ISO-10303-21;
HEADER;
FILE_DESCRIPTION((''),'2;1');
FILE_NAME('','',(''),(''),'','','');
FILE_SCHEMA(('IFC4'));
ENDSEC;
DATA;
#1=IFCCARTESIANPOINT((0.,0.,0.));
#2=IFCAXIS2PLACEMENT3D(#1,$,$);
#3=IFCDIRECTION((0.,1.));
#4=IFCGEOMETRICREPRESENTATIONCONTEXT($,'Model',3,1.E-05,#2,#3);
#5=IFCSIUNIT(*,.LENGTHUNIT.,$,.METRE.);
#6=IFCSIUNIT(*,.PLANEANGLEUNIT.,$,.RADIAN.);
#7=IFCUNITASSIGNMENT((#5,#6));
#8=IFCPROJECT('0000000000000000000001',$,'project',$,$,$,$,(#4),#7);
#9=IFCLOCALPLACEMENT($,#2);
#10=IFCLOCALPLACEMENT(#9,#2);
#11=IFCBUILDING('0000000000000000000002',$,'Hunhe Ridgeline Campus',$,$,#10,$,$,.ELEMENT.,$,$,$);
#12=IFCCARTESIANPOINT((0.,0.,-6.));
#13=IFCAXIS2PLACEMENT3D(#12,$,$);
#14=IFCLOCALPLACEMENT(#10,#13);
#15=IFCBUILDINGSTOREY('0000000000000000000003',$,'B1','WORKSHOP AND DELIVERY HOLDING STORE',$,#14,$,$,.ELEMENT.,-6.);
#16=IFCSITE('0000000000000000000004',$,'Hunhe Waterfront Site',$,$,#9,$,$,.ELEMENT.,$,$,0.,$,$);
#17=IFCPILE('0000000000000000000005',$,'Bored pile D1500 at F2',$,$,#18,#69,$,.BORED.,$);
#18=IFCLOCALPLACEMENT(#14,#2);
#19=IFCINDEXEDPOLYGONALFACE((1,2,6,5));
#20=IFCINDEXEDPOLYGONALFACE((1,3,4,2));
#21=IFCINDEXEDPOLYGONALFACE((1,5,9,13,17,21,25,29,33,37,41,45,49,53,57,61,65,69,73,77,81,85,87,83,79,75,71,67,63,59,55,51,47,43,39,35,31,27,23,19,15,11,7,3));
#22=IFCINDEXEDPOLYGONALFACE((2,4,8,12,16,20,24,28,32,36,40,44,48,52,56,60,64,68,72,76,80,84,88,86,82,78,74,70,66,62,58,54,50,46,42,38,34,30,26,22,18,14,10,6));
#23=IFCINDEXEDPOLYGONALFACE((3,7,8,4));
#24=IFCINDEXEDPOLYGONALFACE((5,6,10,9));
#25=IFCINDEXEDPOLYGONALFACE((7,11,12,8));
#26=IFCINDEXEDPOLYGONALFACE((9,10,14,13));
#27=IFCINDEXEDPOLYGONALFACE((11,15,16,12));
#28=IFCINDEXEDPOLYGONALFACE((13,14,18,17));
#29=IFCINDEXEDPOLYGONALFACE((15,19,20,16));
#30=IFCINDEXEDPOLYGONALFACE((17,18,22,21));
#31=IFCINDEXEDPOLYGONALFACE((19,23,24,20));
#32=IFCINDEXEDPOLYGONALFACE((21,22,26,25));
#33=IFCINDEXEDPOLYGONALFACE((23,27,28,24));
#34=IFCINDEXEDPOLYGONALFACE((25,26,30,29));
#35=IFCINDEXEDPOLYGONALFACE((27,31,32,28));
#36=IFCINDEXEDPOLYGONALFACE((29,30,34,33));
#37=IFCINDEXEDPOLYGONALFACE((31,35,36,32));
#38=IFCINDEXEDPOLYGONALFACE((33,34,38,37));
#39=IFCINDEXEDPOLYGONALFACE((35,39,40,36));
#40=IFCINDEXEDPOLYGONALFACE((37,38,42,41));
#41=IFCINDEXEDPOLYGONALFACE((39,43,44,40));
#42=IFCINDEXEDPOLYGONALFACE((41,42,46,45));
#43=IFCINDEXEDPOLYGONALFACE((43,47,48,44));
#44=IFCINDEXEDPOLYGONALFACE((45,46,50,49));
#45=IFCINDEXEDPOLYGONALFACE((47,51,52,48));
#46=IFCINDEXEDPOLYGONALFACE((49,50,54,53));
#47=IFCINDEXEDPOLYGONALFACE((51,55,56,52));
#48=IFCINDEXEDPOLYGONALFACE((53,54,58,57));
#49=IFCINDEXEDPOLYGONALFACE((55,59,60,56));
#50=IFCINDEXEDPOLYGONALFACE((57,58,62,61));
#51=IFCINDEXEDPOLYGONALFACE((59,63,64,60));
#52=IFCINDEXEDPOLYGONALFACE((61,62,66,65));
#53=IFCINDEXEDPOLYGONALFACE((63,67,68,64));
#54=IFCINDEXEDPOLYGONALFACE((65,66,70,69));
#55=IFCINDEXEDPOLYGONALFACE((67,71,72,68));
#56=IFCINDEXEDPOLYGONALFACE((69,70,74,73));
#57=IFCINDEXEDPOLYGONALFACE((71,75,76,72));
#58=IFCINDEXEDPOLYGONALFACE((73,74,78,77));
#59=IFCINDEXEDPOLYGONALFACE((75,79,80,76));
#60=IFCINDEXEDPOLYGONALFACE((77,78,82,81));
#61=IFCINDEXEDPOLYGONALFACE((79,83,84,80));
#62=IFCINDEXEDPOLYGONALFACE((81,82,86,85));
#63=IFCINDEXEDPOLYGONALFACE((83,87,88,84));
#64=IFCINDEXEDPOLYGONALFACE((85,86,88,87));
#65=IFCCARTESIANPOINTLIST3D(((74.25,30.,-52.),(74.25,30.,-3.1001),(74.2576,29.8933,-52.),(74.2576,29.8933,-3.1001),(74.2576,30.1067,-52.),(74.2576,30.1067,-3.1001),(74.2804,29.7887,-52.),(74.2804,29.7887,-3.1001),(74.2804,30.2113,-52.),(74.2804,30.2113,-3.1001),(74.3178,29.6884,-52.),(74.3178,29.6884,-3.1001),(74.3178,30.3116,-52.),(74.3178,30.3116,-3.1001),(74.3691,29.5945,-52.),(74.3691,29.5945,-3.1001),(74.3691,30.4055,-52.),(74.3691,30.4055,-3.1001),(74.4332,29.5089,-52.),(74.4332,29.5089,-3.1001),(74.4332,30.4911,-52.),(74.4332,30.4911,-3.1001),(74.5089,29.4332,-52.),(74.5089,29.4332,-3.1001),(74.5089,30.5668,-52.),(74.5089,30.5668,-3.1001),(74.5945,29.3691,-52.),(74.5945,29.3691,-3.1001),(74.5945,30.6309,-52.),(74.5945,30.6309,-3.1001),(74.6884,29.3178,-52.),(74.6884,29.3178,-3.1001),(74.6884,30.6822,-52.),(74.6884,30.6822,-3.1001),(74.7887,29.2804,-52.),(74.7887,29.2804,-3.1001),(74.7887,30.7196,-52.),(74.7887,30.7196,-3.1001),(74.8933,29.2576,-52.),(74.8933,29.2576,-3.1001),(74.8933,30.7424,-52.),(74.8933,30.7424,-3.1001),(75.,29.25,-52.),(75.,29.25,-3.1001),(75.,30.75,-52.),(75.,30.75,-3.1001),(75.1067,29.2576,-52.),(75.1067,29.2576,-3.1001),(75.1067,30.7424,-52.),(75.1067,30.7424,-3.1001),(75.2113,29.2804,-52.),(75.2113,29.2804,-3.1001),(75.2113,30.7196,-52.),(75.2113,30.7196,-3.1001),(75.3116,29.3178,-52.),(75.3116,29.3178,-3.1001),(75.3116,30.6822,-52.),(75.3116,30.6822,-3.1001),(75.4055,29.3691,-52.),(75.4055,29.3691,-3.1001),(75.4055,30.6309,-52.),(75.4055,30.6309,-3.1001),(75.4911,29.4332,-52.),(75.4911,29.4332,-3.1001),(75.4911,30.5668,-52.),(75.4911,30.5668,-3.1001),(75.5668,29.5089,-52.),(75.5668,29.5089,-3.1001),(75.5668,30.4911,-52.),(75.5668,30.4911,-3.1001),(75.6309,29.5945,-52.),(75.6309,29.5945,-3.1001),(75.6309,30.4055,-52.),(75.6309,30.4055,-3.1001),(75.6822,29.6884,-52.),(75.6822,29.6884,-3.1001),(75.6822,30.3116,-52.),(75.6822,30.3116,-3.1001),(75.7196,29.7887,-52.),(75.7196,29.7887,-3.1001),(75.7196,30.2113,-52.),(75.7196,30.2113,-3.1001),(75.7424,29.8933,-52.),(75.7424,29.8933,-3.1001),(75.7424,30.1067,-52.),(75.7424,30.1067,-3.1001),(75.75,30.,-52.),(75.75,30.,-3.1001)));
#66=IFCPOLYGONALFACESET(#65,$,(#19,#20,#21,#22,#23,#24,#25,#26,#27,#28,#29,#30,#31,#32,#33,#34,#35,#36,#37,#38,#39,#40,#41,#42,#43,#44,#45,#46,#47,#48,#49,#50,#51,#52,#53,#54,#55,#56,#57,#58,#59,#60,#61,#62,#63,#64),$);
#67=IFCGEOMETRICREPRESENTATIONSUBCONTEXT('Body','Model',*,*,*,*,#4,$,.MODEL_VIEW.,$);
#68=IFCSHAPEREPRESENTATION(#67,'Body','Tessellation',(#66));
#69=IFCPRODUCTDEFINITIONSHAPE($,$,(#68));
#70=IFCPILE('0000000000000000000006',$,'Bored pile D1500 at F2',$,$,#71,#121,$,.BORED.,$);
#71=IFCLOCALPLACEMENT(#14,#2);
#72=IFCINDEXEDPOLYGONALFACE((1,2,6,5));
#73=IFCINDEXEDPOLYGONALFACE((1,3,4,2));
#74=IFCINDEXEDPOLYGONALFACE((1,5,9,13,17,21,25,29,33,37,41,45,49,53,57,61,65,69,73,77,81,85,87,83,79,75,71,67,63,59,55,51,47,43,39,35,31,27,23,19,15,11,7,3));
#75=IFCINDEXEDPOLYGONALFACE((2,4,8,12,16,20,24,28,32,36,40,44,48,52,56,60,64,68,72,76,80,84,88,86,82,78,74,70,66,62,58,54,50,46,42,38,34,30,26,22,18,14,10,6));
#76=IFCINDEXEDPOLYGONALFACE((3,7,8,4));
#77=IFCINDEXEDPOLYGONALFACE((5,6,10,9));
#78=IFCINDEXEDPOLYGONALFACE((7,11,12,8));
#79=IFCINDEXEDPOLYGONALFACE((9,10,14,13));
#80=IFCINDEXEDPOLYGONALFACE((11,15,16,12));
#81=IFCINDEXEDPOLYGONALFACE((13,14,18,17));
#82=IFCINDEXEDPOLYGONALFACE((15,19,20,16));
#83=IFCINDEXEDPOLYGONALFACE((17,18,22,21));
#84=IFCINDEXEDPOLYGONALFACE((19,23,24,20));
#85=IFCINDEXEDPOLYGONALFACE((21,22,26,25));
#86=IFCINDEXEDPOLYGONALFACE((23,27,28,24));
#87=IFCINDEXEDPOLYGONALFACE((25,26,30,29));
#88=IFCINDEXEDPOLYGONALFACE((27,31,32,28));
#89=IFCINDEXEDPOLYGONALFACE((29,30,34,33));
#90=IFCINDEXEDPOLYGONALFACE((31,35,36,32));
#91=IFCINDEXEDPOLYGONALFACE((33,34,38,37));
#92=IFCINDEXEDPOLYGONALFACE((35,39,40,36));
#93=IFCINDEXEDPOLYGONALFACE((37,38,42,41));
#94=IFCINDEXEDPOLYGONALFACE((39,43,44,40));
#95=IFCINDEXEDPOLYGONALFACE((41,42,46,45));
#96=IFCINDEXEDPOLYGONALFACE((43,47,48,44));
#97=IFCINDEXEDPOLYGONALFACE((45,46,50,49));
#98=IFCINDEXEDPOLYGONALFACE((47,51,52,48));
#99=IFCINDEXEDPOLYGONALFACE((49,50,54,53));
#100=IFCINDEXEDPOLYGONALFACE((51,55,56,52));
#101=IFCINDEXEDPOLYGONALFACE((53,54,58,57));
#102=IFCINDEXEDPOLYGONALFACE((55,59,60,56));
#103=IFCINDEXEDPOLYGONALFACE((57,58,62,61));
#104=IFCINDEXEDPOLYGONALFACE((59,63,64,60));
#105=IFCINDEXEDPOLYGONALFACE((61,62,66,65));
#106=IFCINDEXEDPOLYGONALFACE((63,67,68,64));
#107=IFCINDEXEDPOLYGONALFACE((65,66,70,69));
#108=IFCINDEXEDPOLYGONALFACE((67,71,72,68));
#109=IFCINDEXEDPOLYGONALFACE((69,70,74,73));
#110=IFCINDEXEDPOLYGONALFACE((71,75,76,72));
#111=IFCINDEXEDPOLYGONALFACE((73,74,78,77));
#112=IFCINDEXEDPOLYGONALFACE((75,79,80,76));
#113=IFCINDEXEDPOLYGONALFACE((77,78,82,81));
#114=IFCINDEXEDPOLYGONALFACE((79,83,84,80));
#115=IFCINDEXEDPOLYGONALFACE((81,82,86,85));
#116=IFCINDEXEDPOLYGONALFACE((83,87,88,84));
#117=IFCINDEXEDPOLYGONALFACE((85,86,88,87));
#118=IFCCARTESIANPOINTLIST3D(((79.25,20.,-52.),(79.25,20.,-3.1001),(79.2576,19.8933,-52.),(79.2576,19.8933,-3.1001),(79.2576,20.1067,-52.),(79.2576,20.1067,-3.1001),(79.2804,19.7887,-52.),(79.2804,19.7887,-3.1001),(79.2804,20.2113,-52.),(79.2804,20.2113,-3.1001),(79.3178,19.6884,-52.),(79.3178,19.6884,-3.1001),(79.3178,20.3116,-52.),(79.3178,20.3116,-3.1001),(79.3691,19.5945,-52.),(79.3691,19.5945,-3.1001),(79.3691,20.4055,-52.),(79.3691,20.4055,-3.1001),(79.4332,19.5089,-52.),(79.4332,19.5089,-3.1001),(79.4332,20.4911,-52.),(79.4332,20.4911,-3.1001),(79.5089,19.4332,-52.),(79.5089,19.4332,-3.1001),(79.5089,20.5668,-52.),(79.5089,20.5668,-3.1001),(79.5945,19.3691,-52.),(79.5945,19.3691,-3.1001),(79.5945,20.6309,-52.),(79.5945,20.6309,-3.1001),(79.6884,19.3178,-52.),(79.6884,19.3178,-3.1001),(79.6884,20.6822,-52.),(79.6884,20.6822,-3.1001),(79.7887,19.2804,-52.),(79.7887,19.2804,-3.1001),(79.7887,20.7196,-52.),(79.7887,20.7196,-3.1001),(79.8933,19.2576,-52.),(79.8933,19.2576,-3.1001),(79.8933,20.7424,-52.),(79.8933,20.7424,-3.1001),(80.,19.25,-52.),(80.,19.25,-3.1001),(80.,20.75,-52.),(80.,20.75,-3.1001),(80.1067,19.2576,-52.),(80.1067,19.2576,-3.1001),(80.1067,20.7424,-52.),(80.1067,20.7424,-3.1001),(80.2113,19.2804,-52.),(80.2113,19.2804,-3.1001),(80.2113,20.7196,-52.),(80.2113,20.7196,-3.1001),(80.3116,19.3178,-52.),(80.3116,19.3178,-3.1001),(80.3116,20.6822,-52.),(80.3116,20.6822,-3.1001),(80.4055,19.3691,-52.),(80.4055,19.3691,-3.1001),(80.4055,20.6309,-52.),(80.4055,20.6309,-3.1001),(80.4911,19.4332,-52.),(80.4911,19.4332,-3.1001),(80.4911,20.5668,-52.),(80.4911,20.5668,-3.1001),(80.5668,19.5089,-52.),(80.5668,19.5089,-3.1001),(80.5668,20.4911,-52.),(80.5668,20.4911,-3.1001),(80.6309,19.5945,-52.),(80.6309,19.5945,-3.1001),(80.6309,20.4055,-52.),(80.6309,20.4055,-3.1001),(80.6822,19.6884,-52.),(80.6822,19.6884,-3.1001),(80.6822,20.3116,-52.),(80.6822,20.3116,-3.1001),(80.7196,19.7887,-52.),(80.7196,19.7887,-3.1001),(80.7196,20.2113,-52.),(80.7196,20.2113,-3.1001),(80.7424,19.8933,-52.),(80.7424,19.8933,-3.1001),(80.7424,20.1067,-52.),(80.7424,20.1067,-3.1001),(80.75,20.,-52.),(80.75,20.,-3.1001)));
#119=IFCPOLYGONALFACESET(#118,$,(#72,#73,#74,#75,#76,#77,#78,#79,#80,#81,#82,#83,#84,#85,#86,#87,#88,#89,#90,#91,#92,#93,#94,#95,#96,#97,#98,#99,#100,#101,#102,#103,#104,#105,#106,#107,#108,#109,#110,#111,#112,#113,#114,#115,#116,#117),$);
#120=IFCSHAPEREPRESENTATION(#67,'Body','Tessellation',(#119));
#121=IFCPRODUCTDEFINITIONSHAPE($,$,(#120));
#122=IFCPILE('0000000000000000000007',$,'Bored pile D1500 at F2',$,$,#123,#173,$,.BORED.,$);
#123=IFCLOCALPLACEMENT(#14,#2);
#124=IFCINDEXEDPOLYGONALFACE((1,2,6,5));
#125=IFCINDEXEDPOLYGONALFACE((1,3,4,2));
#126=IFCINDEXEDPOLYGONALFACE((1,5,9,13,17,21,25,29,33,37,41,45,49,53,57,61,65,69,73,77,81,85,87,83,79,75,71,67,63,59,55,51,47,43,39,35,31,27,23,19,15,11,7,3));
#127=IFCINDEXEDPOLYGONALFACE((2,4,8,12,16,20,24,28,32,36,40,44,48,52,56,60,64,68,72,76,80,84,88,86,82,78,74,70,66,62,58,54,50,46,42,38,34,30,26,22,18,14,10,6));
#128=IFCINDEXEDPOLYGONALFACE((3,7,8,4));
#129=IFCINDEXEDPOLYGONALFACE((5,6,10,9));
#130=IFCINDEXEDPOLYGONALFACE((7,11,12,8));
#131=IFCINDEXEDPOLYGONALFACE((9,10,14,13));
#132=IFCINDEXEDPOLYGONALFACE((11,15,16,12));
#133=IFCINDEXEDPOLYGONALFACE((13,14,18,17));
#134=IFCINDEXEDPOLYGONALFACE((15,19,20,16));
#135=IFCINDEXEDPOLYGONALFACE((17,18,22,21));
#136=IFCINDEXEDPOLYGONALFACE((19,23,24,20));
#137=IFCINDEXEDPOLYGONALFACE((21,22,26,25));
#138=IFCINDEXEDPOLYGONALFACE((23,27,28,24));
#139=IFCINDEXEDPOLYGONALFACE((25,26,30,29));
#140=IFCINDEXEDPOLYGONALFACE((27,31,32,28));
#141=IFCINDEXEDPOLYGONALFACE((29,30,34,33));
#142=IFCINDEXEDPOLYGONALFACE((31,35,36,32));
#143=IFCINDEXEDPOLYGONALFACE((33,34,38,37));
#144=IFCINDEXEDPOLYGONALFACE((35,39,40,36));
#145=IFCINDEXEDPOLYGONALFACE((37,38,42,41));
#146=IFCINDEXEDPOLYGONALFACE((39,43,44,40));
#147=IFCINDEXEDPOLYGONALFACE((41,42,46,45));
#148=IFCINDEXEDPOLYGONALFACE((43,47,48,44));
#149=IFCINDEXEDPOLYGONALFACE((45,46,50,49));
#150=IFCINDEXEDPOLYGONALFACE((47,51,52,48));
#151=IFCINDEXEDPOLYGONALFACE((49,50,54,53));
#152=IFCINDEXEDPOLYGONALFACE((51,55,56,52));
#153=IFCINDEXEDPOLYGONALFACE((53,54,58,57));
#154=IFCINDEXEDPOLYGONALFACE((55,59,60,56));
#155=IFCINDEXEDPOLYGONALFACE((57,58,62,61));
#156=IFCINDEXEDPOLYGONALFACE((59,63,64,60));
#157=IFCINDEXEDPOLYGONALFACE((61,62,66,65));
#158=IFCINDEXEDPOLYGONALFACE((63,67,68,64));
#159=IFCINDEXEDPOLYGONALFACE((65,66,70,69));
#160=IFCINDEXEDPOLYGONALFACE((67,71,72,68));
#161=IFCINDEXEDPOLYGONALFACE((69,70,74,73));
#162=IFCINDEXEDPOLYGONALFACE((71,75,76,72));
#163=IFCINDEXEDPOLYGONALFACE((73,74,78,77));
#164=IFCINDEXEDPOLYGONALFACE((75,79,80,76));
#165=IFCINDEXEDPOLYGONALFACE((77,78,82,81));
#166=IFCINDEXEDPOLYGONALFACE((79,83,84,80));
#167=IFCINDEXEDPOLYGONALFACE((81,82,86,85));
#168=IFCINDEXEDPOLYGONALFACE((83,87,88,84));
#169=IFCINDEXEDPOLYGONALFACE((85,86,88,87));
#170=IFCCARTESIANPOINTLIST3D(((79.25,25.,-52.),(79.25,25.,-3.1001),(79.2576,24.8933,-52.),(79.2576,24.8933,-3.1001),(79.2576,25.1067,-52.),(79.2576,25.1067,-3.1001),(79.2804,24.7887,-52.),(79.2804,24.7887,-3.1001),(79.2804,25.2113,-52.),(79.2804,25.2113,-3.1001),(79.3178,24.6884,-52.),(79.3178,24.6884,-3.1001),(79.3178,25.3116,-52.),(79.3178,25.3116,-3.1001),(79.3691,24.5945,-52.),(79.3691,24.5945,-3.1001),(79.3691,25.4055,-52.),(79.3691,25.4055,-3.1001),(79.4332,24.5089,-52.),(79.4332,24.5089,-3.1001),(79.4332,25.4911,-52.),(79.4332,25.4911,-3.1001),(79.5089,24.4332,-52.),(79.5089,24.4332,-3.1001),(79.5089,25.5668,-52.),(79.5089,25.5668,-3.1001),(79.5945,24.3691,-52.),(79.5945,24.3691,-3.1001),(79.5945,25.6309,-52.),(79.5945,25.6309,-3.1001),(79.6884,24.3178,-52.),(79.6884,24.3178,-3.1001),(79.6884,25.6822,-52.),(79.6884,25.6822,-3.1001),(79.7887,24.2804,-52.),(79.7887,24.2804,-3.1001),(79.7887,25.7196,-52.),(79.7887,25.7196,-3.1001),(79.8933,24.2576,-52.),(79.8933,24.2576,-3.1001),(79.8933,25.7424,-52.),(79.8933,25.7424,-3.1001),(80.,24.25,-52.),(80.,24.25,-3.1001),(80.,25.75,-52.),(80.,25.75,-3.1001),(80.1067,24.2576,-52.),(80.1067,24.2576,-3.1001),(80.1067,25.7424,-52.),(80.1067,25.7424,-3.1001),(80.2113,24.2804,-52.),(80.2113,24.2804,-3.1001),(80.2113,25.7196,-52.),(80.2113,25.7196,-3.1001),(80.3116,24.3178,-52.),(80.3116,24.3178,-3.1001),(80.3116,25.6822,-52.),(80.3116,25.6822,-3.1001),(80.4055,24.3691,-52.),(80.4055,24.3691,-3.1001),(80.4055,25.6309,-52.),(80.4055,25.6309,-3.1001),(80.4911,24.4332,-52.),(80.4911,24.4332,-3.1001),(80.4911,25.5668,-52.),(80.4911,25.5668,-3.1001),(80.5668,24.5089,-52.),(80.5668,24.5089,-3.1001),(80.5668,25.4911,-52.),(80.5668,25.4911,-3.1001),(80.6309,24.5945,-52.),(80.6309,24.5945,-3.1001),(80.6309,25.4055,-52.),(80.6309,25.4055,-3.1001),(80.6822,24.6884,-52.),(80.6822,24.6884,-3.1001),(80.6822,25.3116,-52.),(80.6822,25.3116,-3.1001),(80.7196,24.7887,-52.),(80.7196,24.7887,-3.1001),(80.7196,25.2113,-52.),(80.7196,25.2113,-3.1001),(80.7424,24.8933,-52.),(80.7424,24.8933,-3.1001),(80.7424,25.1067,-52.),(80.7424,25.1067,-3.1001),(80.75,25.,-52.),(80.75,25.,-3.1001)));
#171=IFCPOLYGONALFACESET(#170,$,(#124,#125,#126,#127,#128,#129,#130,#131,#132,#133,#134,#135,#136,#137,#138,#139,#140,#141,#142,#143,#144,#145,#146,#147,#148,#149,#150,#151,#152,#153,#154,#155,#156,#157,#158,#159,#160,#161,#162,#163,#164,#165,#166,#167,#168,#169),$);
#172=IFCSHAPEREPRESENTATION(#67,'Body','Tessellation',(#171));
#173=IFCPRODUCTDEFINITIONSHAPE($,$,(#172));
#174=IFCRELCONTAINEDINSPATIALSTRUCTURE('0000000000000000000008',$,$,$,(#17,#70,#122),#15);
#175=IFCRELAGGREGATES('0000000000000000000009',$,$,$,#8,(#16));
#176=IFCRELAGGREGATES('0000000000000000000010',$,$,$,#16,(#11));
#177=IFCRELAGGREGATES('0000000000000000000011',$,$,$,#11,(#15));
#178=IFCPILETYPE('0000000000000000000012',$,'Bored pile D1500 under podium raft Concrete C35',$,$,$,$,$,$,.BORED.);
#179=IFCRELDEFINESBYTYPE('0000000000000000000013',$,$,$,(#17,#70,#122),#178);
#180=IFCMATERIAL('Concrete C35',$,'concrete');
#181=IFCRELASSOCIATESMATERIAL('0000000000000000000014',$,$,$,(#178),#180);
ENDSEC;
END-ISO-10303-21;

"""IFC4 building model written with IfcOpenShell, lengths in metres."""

from ifc_helpers import new_model, si_unit, direction, frame, origin, origin_2d, place, context, subcontext, project, spatial, circle, extrude, material, material_profile, profile_set, type_object, element, save


model = new_model("IFC4")

# Units and contexts
model_context = context("Model", 3, precision=1e-05, world=origin(), true_north=direction((0.0, 1.0)))
body_context = subcontext(model_context, "Body", "Model", "MODEL_VIEW")
ifc_project = project(units=[si_unit("LENGTHUNIT", "METRE"), si_unit("PLANEANGLEUNIT", "RADIAN")], contexts=[model_context])

# Site, building, storey
site_placement = place(None, origin())
site = spatial("IfcSite", under=ifc_project, at=site_placement, Name="Hunhe Waterfront Site", CompositionType="ELEMENT", RefElevation=0.0)
building_placement = place(site_placement, origin())
building = spatial("IfcBuilding", under=site, at=building_placement, Name="Hunhe Ridgeline Campus", CompositionType="ELEMENT")
storey_placement = place(building_placement, frame((0.0, 0.0, -6.0)))
storey = spatial("IfcBuildingStorey", under=building, at=storey_placement, Name="B1", Description="WORKSHOP AND DELIVERY HOLDING STORE", CompositionType="ELEMENT", Elevation=-6.0)

# Piles
ifc_material_1 = material(Name="Concrete C35", Category="concrete")
ifc_material_profile_1 = material_profile(ifc_material_1, circle(Radius=0.75, at=origin_2d()))
ifc_profile_set_1 = profile_set([ifc_material_profile_1], Name="Concrete C35")
pile_type = type_object("IfcPileType", Name="Bored pile D1500 under podium raft Concrete C35", PredefinedType="BORED", material=ifc_profile_set_1)
for number, where, z_axis, x_axis, name in (
    (1, (75.0, 30.0, -3.1001), (0.0, 0.0, -1.0), (1.0, 0.0, 0.0), "Bored pile D1500 at F2"),
    (2, (80.0, 20.0, -3.1001), (0.0, 0.0, -1.0), (1.0, 0.0, 0.0), "Bored pile D1500 at F2"),
    (3, (80.0, 25.0, -3.1001), (0.0, 0.0, -1.0), (1.0, 0.0, 0.0), "Bored pile D1500 at F2"),
):
    element("IfcPile", number, at=place(storey_placement, frame(where, z_axis=z_axis, x_axis=x_axis)), inside=storey, type_object=pile_type, Name=name, PredefinedType="BORED", context=body_context, shape_type="SweptSolid", body=[
        extrude(circle(Radius=0.75, at=origin_2d()), origin(), (0.0, 0.0, 1.0), 48.8999),
    ])

save(model, "model.ifc")
